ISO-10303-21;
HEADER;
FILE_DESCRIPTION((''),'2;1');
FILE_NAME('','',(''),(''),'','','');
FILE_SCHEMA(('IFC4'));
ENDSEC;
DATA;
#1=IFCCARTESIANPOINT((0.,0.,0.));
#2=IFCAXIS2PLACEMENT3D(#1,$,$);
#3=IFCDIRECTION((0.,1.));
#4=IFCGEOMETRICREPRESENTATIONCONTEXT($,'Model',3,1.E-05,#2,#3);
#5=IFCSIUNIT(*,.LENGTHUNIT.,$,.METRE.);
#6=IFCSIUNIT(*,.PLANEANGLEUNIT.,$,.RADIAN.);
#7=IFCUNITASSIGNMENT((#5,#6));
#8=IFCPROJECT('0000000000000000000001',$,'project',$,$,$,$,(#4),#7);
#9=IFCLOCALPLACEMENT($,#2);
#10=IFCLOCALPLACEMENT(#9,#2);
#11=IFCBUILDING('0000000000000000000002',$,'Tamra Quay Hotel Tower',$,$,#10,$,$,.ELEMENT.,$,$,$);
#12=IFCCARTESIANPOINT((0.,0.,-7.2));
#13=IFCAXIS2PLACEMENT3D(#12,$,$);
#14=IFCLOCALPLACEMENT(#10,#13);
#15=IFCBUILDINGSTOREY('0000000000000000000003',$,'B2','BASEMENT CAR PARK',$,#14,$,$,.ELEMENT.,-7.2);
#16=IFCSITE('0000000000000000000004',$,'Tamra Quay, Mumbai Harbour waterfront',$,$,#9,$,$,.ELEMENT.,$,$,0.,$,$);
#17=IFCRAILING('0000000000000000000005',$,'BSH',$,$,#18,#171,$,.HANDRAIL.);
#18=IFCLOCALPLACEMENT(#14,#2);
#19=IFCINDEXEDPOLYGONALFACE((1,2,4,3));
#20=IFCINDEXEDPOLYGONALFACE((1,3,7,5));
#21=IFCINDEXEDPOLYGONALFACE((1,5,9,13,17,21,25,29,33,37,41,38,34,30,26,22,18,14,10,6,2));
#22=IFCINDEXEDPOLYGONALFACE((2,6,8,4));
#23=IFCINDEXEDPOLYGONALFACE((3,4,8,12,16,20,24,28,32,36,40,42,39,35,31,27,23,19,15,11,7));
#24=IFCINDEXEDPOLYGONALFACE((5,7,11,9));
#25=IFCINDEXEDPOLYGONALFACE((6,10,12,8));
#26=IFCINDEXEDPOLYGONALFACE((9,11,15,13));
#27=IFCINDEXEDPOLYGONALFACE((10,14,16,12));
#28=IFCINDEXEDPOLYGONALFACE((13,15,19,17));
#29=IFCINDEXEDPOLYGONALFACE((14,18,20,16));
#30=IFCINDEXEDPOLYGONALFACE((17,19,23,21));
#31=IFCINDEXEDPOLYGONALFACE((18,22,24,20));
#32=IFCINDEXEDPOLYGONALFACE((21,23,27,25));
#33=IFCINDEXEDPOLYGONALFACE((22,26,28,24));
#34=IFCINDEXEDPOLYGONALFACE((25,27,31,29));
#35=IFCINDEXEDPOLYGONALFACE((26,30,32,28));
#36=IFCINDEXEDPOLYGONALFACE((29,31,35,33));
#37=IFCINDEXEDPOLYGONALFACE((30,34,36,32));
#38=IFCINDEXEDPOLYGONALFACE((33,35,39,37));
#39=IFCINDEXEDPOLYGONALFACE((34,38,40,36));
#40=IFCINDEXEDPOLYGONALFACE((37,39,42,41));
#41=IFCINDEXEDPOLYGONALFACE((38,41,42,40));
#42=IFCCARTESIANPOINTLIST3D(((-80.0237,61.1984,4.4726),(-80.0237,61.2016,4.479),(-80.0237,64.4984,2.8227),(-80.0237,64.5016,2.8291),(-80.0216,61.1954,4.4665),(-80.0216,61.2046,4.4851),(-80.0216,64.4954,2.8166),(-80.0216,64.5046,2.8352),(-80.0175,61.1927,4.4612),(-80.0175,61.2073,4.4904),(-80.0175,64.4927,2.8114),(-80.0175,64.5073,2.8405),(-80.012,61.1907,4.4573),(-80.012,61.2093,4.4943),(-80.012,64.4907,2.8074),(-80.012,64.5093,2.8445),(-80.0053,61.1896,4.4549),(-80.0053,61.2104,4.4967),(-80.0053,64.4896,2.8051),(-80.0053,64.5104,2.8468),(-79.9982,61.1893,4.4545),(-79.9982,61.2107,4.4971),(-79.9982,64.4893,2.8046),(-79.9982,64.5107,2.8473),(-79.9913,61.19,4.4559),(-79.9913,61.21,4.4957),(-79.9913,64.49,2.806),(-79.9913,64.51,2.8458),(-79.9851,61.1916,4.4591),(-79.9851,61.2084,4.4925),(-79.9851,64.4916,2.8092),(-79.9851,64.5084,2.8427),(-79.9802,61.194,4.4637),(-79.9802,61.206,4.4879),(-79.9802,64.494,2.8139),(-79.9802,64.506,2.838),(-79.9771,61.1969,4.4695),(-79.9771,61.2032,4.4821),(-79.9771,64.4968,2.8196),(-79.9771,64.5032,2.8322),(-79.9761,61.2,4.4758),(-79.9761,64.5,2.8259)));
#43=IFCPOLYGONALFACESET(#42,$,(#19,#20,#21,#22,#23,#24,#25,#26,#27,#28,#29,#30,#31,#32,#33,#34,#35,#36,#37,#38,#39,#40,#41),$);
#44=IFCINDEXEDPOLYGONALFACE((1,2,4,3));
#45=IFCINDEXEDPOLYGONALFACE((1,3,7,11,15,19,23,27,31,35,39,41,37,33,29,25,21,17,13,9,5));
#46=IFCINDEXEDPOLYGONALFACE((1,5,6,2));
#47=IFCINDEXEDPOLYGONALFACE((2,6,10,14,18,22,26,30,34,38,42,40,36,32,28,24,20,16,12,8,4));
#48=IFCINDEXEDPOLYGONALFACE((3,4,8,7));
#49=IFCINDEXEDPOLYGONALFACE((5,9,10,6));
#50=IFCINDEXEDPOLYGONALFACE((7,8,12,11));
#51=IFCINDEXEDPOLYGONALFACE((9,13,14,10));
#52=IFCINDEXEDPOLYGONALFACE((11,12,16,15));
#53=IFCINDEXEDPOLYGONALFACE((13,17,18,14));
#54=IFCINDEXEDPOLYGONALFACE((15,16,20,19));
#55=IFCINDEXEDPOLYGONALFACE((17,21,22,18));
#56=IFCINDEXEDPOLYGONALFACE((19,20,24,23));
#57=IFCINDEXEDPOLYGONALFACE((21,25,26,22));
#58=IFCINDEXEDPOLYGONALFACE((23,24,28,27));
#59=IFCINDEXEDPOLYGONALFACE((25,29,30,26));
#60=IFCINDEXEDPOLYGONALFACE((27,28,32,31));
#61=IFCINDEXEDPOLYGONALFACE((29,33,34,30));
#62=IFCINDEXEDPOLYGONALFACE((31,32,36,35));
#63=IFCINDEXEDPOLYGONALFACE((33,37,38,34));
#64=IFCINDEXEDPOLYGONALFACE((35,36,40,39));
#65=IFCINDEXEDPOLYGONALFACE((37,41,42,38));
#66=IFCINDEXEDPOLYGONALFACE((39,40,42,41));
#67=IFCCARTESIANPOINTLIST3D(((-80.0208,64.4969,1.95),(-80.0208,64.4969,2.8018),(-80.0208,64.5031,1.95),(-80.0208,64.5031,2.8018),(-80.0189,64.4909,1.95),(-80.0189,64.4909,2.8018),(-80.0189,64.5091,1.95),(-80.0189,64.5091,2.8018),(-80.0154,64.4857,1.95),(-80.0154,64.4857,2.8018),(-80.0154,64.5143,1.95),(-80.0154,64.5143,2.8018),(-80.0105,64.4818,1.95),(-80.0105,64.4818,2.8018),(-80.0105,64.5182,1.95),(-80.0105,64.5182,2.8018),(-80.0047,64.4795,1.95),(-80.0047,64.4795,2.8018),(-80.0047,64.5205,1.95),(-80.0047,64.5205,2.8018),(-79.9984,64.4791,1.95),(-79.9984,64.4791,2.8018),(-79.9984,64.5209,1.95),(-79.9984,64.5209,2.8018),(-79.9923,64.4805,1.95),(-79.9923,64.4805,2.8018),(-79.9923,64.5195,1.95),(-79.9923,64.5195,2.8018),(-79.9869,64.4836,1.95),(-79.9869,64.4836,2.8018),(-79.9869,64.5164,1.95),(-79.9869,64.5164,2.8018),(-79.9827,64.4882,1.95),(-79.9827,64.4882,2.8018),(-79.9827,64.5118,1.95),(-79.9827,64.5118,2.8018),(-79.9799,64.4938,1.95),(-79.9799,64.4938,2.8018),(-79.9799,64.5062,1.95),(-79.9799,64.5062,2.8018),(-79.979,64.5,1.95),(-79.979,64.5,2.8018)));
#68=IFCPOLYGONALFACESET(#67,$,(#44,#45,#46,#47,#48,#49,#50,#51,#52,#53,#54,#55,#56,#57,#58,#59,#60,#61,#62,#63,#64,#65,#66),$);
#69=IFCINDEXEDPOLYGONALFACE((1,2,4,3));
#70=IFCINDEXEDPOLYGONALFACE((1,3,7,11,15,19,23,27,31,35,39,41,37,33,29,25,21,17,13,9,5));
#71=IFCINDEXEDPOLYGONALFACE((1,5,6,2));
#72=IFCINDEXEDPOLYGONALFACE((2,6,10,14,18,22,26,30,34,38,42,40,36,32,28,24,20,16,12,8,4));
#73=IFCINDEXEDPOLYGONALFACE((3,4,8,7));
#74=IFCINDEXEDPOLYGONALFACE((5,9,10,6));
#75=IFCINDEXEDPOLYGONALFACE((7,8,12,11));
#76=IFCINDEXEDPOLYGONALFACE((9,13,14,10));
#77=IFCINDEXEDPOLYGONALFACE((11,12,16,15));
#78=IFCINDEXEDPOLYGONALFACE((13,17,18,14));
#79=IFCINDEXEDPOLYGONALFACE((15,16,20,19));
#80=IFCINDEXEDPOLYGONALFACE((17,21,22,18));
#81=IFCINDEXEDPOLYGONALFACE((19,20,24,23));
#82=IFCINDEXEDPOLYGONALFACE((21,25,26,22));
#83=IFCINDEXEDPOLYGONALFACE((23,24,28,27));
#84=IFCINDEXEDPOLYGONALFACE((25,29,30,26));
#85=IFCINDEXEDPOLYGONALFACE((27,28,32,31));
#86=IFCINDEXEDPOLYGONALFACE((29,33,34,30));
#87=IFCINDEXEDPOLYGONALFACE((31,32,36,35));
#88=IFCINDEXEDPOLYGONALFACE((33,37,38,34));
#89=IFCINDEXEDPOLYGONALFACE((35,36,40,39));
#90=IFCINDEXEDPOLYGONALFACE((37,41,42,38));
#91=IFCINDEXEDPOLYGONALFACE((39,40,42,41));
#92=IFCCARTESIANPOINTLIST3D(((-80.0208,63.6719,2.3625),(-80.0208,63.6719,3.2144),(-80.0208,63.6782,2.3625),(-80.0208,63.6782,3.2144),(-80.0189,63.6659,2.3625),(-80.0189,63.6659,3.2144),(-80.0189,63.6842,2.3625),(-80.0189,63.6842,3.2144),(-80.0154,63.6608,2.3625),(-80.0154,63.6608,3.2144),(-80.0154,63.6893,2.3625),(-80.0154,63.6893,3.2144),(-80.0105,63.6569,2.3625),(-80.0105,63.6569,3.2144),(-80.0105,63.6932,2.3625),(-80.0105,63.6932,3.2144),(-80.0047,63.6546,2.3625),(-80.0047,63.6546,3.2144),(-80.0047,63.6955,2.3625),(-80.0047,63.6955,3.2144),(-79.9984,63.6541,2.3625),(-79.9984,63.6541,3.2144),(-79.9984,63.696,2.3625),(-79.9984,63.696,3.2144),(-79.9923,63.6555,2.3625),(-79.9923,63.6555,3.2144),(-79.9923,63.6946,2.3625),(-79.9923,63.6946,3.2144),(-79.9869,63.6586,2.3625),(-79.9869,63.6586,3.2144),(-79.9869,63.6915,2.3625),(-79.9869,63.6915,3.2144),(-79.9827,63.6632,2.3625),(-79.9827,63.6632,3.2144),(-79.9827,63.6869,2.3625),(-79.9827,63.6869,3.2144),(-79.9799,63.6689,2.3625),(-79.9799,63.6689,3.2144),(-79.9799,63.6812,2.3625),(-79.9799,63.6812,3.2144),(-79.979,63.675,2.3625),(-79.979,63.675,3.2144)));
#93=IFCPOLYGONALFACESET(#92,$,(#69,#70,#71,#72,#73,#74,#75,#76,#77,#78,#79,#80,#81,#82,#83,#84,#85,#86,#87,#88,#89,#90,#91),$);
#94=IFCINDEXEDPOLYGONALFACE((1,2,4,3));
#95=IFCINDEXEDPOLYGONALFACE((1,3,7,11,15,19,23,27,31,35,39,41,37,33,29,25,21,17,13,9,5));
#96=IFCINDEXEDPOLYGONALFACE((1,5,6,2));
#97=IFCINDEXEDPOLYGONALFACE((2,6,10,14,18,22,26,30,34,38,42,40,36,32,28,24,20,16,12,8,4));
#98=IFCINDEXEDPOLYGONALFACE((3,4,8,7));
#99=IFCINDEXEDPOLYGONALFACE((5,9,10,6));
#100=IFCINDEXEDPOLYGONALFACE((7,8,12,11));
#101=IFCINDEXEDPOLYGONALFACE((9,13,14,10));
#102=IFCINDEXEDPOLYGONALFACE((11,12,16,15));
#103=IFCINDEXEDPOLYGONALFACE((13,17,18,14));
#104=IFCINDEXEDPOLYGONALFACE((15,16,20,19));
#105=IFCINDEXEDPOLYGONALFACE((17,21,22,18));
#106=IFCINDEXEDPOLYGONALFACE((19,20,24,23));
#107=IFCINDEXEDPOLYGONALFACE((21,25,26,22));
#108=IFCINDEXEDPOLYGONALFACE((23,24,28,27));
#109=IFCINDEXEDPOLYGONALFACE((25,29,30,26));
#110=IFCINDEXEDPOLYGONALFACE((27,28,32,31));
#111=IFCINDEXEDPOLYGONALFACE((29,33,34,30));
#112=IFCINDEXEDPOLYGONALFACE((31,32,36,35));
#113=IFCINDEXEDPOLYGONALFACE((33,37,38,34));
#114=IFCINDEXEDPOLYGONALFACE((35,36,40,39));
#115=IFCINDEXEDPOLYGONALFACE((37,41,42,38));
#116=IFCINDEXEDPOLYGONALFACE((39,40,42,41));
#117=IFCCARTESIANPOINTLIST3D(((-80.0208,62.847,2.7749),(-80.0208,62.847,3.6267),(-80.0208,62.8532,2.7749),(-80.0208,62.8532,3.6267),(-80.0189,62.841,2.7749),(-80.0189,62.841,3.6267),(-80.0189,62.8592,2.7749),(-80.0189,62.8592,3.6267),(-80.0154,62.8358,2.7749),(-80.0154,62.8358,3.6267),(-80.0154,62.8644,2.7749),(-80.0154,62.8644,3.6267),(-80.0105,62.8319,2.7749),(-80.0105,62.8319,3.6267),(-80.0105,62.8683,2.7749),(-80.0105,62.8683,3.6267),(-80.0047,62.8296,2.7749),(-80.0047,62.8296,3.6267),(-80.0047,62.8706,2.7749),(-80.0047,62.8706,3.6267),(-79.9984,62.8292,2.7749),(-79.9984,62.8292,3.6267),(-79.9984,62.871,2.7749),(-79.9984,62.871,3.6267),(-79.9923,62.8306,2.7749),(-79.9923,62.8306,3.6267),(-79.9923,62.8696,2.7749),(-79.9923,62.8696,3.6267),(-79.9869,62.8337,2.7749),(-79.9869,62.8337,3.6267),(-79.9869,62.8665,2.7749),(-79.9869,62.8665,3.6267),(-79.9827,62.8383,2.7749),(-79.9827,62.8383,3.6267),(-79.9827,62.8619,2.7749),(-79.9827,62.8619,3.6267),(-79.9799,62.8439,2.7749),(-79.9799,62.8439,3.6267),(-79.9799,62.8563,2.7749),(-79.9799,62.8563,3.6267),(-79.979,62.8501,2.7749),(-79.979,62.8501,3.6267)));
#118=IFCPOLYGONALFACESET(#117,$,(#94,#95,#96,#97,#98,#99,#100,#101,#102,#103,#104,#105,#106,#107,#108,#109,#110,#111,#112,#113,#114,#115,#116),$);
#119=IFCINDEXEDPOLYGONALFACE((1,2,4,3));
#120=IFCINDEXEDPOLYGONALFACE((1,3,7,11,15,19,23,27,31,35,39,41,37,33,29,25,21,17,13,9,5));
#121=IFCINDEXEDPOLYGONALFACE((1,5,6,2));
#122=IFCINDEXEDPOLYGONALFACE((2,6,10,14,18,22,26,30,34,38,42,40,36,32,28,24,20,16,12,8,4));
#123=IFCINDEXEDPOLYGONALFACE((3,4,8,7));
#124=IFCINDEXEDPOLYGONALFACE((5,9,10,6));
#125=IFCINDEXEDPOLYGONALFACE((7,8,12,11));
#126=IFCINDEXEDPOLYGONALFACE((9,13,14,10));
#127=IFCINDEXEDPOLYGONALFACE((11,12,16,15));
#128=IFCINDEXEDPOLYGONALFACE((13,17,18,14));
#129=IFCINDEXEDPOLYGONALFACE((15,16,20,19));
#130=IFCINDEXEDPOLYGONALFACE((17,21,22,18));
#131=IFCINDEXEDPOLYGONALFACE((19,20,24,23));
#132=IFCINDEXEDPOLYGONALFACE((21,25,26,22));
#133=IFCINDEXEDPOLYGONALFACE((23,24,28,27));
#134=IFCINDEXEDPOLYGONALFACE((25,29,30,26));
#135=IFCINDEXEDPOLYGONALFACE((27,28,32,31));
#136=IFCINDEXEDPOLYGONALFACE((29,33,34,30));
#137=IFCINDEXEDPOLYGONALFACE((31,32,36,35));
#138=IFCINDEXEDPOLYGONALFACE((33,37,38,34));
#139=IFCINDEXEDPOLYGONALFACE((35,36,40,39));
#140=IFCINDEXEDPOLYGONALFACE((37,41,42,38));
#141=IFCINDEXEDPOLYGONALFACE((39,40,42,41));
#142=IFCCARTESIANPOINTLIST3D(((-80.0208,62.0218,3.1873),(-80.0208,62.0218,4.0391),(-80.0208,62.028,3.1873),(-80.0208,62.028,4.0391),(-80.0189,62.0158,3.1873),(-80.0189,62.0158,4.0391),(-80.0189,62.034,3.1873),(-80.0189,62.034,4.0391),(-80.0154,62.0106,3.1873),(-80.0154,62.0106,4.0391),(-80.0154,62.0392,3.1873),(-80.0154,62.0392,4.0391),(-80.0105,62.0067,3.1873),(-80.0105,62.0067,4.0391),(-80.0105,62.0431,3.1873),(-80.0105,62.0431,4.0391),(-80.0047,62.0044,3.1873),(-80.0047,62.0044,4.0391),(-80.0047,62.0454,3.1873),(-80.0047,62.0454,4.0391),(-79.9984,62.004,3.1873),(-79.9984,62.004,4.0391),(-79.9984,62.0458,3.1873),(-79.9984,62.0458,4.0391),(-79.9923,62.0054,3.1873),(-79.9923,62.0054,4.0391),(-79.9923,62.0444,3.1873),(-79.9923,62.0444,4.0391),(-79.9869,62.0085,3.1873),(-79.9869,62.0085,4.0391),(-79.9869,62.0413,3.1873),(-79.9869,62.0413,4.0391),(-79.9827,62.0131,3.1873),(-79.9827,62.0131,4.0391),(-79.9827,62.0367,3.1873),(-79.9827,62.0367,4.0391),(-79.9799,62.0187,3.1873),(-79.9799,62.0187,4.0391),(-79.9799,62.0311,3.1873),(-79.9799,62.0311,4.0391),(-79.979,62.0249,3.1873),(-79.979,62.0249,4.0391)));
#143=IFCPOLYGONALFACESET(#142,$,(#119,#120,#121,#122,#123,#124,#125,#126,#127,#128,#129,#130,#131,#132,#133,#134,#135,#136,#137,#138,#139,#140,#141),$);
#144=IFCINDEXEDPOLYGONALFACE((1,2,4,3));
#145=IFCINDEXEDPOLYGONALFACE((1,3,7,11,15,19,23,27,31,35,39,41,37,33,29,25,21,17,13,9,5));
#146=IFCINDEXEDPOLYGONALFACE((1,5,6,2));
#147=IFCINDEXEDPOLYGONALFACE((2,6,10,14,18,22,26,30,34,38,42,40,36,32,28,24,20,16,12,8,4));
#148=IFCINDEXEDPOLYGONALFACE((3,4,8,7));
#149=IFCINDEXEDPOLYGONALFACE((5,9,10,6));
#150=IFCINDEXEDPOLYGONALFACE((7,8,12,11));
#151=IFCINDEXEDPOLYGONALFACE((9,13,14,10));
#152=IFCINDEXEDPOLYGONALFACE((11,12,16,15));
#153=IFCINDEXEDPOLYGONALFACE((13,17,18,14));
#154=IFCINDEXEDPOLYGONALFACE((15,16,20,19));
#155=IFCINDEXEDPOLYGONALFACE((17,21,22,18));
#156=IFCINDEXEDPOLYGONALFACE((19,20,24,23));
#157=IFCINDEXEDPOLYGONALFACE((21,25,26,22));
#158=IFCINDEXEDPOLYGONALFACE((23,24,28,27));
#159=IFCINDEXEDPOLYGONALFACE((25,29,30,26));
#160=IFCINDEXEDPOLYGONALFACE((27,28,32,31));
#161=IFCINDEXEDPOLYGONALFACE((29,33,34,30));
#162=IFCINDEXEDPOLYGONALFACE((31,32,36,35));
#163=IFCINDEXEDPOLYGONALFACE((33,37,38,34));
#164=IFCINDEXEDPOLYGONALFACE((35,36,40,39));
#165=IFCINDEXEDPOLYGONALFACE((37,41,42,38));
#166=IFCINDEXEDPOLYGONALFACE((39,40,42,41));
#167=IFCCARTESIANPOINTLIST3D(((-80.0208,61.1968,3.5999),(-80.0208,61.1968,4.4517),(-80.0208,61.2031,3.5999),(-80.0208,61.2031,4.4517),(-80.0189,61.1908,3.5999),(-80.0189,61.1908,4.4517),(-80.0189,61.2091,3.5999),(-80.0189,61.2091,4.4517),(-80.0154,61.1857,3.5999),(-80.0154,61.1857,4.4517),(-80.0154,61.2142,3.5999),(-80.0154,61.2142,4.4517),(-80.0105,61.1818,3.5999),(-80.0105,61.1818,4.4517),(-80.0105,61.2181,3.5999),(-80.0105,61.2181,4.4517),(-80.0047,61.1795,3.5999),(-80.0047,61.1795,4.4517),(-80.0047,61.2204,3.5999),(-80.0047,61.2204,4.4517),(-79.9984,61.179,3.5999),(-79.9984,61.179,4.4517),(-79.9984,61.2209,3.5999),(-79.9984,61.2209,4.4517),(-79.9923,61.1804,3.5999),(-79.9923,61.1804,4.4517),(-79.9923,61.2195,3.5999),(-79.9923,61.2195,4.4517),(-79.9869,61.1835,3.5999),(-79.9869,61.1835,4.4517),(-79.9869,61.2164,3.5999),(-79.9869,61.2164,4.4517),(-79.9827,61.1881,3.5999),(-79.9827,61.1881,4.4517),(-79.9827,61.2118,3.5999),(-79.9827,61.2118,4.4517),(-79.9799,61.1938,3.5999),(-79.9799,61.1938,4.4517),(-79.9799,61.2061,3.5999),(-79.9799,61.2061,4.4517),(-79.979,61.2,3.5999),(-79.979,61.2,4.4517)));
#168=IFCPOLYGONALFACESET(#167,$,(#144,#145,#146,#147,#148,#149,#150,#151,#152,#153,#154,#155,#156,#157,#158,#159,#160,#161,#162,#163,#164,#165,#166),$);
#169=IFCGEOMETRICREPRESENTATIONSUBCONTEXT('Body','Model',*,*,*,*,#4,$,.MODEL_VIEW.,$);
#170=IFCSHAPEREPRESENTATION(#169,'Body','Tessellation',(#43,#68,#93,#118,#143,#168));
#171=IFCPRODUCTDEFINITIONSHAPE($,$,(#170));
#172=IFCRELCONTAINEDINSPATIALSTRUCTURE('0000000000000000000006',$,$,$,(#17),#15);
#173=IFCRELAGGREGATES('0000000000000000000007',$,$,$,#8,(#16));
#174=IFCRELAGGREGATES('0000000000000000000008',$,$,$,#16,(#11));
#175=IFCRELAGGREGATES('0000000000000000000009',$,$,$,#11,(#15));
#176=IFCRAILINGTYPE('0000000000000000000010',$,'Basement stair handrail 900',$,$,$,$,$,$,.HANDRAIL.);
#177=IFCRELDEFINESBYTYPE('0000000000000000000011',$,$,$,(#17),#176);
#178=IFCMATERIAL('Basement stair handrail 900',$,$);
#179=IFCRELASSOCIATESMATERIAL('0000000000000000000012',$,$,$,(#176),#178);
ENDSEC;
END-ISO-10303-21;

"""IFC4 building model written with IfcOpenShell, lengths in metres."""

from ifc_helpers import new_model, si_unit, direction, frame, origin, origin_2d, place, context, subcontext, project, spatial, circle, extrude, material, type_object, element, save


model = new_model("IFC4")

# Units and contexts
model_context = context("Model", 3, precision=1e-05, world=origin(), true_north=direction((0.0, 1.0)))
body_context = subcontext(model_context, "Body", "Model", "MODEL_VIEW")
ifc_project = project(units=[si_unit("LENGTHUNIT", "METRE"), si_unit("PLANEANGLEUNIT", "RADIAN")], contexts=[model_context])

# Site, building, storey
site_placement = place(None, origin())
site = spatial("IfcSite", under=ifc_project, at=site_placement, Name="Tamra Quay, Mumbai Harbour waterfront", CompositionType="ELEMENT", RefElevation=0.0)
building_placement = place(site_placement, origin())
building = spatial("IfcBuilding", under=site, at=building_placement, Name="Tamra Quay Hotel Tower", CompositionType="ELEMENT")
storey_placement = place(building_placement, frame((0.0, 0.0, -7.2)))
storey = spatial("IfcBuildingStorey", under=building, at=storey_placement, Name="B2", Description="BASEMENT CAR PARK", CompositionType="ELEMENT", Elevation=-7.2)

# Railing
ifc_material_1 = material(Name="Basement stair handrail 900")
railing_type_1 = type_object("IfcRailingType", Name="Basement stair handrail 900", PredefinedType="HANDRAIL", material=ifc_material_1)
railing_1_placement = place(storey_placement, frame((-80.0, 64.5, 1.95)))
element("IfcRailing", 1, at=railing_1_placement, inside=storey, type_object=railing_type_1, Name="BSH", PredefinedType="HANDRAIL", context=body_context, shape_type="SweptSolid", body=[
    extrude(circle(Radius=0.0239, at=origin_2d()), frame((0.0, 0.0, 0.876), z_axis=(0.0, -0.89444, 0.447187), x_axis=(1.0, 0.0, 0.0)), (0.0, 0.0, 1.0), 3.6895),
    extrude(circle(Radius=0.021, at=origin_2d()), origin(), (0.0, 0.0, 1.0), 0.8518),
    extrude(circle(Radius=0.021, at=origin_2d()), frame((0.0, -0.825, 0.4126)), (0.0, 0.0, 1.0), 0.8518),
    extrude(circle(Radius=0.021, at=origin_2d()), frame((0.0, -1.6499, 0.825)), (0.0, 0.0, 1.0), 0.8518),
    extrude(circle(Radius=0.021, at=origin_2d()), frame((0.0, -2.4751, 1.2373)), (0.0, 0.0, 1.0), 0.8518),
    extrude(circle(Radius=0.021, at=origin_2d()), frame((0.0, -3.3, 1.6499)), (0.0, 0.0, 1.0), 0.8518),
])

save(model, "model.ifc")
